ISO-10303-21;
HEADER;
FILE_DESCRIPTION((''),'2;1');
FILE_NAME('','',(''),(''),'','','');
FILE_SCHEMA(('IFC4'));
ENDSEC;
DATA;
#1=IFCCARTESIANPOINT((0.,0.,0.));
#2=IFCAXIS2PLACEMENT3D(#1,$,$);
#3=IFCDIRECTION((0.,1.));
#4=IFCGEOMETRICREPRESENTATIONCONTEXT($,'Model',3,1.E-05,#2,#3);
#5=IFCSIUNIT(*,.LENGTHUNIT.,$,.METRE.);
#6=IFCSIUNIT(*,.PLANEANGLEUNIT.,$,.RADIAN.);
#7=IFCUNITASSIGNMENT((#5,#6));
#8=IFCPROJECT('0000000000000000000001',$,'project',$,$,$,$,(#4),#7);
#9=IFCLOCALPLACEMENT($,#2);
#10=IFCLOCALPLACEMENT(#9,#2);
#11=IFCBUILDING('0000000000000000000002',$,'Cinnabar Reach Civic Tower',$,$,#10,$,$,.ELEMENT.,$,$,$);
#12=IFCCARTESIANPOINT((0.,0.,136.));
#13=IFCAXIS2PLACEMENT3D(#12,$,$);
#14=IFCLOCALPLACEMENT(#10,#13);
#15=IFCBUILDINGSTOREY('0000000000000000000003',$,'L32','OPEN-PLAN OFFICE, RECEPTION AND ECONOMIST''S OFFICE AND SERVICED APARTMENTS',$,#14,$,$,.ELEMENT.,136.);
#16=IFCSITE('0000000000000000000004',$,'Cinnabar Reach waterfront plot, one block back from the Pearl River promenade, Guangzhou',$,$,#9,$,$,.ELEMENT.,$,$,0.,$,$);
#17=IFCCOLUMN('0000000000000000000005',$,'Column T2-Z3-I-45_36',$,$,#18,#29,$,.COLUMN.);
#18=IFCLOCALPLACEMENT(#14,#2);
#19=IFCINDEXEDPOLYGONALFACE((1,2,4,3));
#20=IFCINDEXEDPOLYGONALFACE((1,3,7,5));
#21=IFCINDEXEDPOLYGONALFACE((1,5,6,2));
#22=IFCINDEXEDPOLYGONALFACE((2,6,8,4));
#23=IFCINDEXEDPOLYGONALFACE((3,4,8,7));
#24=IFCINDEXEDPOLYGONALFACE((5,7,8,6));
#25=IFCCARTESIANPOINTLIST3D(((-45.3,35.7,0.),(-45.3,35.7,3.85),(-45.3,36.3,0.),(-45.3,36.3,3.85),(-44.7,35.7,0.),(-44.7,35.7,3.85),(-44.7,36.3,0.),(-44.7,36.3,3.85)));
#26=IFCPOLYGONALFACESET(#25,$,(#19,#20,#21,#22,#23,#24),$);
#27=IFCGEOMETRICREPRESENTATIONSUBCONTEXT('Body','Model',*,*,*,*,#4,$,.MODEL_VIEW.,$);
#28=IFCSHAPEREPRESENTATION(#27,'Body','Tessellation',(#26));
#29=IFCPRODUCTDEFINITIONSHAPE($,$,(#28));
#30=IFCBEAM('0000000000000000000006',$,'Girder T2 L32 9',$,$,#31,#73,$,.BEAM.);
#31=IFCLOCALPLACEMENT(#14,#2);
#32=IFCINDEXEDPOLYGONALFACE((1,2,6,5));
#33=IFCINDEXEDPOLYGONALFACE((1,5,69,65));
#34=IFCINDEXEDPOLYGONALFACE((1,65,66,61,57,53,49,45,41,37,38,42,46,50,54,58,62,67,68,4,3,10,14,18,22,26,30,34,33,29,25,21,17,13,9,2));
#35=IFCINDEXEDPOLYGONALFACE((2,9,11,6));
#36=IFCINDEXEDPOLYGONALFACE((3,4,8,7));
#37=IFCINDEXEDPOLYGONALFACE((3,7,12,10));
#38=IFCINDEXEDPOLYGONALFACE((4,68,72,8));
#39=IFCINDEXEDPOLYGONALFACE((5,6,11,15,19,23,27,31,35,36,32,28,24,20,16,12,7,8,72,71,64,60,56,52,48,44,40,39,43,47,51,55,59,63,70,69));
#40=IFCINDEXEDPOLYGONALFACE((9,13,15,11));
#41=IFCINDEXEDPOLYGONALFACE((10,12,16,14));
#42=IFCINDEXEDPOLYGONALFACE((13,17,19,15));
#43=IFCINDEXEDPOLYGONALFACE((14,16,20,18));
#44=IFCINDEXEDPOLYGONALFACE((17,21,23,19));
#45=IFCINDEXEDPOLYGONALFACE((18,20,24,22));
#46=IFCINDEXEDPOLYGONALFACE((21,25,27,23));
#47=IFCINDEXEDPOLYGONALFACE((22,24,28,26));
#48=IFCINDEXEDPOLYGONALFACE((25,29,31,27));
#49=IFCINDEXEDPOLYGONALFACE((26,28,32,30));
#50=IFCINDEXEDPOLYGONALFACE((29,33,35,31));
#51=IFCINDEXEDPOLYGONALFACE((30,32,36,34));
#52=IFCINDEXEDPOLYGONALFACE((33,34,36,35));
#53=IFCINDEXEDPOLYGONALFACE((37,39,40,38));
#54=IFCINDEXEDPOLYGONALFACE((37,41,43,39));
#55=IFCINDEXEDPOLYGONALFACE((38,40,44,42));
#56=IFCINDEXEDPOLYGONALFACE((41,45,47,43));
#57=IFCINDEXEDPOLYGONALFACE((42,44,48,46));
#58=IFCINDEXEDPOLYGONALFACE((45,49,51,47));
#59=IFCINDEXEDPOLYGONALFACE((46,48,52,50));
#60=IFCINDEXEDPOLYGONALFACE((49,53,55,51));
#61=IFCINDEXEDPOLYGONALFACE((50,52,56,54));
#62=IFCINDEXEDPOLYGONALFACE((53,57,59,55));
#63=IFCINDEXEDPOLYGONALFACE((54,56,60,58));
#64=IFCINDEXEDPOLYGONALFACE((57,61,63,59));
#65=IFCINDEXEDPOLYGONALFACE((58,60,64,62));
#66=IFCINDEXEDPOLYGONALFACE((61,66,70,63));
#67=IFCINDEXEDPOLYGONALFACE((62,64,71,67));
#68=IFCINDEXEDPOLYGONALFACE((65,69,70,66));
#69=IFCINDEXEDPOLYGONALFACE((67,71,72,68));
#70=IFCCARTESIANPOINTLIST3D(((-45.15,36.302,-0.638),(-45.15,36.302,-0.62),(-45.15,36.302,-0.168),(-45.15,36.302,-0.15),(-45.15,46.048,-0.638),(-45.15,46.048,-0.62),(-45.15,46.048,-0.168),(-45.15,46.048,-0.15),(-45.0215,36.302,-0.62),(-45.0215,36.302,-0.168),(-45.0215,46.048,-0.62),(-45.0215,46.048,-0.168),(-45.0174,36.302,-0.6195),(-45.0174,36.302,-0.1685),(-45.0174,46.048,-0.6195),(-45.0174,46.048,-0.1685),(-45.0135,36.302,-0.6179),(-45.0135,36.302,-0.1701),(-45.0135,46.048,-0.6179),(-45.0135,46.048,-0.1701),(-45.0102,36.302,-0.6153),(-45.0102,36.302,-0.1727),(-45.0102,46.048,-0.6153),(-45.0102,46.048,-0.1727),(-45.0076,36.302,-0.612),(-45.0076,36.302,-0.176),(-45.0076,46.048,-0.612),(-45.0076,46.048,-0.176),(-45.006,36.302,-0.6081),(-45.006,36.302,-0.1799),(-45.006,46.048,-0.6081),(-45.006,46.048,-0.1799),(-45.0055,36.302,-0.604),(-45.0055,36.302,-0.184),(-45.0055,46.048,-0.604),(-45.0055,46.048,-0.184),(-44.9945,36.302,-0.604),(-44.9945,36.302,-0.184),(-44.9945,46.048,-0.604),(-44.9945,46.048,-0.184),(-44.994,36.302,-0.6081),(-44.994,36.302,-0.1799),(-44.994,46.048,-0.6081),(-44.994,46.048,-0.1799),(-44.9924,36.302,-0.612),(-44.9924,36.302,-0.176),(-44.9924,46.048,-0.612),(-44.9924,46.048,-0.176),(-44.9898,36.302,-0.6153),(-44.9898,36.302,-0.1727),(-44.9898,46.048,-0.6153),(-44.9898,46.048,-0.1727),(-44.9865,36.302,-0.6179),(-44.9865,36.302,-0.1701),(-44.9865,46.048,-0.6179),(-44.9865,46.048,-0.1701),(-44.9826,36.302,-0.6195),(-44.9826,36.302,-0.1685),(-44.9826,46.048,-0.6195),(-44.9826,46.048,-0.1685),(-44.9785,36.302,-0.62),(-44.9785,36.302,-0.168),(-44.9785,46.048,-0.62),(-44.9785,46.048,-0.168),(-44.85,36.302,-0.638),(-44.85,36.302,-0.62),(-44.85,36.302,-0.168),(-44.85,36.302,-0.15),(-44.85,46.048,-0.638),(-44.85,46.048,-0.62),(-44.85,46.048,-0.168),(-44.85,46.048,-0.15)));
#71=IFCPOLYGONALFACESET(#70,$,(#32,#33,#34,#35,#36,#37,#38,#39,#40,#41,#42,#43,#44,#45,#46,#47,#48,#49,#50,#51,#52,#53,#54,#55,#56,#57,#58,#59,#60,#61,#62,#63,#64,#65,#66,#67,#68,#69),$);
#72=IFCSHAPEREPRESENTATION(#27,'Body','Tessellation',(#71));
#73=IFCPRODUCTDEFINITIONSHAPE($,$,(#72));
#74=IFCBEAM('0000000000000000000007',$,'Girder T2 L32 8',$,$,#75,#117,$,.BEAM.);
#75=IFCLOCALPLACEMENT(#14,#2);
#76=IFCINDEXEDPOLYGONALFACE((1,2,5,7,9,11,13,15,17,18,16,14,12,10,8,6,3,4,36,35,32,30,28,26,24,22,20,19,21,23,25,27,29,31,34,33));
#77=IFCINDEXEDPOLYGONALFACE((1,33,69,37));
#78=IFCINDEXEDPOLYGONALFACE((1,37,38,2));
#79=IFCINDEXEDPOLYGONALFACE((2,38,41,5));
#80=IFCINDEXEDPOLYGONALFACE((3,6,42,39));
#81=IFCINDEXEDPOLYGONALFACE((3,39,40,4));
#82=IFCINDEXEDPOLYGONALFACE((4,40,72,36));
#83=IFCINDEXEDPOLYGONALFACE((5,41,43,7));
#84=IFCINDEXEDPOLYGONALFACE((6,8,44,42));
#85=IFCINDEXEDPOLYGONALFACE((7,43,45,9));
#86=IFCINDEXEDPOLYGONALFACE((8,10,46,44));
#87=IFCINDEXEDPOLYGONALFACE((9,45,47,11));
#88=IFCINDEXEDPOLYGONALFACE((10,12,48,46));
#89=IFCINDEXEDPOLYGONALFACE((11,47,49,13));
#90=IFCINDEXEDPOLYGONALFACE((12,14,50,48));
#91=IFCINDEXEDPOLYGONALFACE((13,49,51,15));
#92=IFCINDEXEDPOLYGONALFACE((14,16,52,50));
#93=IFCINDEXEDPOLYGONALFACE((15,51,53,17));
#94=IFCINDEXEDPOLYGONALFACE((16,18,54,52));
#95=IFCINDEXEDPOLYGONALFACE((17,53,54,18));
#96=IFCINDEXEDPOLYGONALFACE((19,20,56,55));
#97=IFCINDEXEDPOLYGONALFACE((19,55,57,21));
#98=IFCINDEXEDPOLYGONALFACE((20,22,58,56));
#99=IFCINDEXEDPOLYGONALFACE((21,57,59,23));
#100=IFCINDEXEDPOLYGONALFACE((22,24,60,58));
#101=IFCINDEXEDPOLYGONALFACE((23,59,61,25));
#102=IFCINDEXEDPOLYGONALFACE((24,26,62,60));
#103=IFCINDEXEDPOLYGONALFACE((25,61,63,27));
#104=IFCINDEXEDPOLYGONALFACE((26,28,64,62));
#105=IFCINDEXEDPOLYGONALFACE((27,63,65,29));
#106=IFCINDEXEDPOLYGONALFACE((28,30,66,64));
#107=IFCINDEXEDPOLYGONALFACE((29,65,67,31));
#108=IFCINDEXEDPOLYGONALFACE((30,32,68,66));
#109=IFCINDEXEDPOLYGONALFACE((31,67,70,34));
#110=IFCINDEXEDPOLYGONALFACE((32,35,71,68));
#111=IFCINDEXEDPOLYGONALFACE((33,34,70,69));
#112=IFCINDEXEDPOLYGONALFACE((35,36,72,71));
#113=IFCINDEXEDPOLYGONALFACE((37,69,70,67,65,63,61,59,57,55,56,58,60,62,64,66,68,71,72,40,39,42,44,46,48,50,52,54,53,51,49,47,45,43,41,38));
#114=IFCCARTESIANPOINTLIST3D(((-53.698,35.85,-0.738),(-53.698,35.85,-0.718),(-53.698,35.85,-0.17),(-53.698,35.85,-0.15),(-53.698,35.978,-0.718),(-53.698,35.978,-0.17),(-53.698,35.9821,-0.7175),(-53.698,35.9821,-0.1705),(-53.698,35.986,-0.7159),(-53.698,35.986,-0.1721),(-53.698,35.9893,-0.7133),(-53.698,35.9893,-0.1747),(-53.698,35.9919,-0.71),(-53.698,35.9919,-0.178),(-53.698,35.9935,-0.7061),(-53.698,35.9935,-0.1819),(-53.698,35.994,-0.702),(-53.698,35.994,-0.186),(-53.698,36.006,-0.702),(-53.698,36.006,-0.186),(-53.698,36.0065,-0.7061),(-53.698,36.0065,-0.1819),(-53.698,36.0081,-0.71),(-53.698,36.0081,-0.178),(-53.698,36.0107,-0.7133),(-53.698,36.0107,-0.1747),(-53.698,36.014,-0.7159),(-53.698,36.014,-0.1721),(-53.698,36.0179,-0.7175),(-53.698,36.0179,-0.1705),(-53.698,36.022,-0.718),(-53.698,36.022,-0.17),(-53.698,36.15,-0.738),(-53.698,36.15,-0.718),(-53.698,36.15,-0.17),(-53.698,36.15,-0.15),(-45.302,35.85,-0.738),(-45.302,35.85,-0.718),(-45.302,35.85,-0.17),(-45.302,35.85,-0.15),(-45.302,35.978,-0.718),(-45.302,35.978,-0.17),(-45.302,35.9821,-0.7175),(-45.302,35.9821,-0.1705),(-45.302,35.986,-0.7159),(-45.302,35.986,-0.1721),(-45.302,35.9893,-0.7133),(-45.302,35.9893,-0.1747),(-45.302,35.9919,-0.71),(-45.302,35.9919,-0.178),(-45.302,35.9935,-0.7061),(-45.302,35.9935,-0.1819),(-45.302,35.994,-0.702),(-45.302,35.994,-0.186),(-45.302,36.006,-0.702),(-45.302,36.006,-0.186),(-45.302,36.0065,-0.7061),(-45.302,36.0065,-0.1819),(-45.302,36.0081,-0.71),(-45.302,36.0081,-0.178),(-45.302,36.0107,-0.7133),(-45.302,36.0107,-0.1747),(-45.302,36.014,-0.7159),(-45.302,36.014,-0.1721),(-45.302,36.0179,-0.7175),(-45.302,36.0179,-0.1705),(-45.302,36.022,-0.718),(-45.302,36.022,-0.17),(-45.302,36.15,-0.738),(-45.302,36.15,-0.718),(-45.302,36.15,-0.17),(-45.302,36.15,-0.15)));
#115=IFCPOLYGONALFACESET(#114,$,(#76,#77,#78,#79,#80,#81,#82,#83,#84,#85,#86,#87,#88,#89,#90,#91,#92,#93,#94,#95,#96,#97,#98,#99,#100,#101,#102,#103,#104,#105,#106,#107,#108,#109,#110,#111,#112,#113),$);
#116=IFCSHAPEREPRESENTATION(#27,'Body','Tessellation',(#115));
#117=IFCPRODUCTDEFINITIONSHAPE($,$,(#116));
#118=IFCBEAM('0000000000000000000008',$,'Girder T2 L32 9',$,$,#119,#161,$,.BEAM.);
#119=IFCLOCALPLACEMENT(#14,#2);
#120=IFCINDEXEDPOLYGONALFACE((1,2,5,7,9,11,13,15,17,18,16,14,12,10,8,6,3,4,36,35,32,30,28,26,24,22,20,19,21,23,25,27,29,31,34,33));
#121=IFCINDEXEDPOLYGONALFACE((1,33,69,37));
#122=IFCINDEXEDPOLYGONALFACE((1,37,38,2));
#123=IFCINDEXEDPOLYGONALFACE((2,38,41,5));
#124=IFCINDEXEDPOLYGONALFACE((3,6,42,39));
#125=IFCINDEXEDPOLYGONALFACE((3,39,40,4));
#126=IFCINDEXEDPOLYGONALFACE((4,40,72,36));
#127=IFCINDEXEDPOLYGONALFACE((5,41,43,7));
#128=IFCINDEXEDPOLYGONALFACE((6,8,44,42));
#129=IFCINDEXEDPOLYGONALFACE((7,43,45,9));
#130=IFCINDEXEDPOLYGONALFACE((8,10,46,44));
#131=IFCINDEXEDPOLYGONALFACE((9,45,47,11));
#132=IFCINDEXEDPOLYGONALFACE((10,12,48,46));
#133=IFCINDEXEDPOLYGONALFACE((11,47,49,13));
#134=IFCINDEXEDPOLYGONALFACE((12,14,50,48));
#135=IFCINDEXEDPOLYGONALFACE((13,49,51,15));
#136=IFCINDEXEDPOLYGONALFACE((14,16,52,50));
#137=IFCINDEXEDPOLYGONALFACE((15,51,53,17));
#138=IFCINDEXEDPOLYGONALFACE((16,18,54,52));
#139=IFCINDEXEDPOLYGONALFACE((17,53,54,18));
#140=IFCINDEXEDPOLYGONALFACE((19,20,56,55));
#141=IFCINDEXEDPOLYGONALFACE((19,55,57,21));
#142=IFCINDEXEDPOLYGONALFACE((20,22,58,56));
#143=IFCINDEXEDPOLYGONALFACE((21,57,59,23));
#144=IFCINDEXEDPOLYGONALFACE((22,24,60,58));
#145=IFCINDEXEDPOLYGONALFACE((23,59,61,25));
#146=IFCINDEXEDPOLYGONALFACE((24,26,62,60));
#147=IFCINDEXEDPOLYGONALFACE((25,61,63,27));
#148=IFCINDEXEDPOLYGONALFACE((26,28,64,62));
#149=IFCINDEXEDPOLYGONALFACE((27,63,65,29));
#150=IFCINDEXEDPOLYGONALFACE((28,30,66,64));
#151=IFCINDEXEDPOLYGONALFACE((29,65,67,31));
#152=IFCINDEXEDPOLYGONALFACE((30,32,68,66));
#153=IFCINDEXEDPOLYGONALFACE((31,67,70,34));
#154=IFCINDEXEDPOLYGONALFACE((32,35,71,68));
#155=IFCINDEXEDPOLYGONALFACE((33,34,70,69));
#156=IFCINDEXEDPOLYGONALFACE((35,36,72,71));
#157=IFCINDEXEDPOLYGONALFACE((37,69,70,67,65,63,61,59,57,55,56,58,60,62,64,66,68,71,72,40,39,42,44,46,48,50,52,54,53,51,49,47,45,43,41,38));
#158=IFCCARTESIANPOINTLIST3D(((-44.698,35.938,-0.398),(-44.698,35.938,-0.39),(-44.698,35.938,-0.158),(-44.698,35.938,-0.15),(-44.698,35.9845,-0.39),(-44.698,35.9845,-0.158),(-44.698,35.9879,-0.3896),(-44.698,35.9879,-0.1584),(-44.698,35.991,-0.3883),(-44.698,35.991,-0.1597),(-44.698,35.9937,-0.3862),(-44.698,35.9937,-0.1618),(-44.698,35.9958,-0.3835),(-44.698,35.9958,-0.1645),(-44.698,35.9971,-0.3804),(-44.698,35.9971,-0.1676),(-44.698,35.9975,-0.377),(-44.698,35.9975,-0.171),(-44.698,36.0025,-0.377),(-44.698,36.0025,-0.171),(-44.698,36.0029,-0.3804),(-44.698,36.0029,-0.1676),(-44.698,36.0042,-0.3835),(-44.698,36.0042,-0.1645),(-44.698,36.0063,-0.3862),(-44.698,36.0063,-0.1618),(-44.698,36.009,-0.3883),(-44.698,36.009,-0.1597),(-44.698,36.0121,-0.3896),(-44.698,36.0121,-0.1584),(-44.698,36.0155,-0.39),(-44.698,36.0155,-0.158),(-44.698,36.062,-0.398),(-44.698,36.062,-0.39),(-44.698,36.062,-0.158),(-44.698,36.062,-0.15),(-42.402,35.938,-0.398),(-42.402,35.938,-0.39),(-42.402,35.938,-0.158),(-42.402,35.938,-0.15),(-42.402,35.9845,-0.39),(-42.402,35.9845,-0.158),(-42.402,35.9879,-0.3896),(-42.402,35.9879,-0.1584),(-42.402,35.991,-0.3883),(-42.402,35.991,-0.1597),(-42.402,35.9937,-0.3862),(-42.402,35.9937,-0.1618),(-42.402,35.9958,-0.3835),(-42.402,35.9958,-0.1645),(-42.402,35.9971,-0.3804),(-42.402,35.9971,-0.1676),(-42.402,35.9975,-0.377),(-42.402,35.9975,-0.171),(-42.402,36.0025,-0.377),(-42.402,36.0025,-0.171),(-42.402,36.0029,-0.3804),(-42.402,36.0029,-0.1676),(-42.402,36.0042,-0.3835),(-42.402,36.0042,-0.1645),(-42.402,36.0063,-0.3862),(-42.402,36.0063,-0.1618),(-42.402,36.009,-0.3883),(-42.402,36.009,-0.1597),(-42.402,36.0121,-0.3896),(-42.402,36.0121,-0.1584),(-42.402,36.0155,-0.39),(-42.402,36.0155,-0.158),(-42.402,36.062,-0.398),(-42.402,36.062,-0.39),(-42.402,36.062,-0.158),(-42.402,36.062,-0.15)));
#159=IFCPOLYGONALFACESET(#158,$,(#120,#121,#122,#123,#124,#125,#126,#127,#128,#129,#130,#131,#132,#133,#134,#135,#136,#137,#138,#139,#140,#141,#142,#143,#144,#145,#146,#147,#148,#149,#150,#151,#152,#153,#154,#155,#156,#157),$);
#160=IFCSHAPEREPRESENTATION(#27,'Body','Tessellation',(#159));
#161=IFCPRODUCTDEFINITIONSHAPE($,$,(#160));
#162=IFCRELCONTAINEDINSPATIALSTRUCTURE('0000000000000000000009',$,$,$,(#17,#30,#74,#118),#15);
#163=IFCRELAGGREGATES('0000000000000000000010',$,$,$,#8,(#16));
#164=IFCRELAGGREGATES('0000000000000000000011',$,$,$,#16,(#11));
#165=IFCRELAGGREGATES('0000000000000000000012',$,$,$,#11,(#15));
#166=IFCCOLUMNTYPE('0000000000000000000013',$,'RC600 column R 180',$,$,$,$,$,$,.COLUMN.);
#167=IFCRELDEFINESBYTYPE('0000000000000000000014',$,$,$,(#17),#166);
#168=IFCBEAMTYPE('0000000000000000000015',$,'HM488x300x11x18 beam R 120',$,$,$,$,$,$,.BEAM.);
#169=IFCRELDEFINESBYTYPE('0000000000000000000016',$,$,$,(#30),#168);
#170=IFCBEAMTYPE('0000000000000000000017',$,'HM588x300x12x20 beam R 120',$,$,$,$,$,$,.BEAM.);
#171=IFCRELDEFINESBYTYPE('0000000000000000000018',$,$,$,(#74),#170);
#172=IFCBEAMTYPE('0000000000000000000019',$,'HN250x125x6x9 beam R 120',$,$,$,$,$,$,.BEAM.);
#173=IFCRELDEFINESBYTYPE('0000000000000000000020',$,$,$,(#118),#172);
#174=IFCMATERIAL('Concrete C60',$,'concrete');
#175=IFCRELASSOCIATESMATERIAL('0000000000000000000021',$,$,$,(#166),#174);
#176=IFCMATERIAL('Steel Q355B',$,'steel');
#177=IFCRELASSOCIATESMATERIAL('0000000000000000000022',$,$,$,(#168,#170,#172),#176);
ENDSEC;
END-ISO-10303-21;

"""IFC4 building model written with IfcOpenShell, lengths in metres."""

from ifc_helpers import new_model, si_unit, direction, frame, origin, origin_2d, place, context, subcontext, project, spatial, rectangle, i_section, extrude, material, material_profile, profile_set, type_object, element, save


model = new_model("IFC4")

# Units and contexts
model_context = context("Model", 3, precision=1e-05, world=origin(), true_north=direction((0.0, 1.0)))
body_context = subcontext(model_context, "Body", "Model", "MODEL_VIEW")
ifc_project = project(units=[si_unit("LENGTHUNIT", "METRE"), si_unit("PLANEANGLEUNIT", "RADIAN")], contexts=[model_context])

# Site, building, storey
site_placement = place(None, origin())
site = spatial("IfcSite", under=ifc_project, at=site_placement, Name="Cinnabar Reach waterfront plot, one block back from the Pearl River promenade, Guangzhou", CompositionType="ELEMENT", RefElevation=0.0)
building_placement = place(site_placement, origin())
building = spatial("IfcBuilding", under=site, at=building_placement, Name="Cinnabar Reach Civic Tower", CompositionType="ELEMENT")
storey_placement = place(building_placement, frame((0.0, 0.0, 136.0)))
storey = spatial("IfcBuildingStorey", under=building, at=storey_placement, Name="L32", Description="OPEN-PLAN OFFICE, RECEPTION AND ECONOMIST'S OFFICE AND SERVICED APARTMENTS", CompositionType="ELEMENT", Elevation=136.0)

# Column
ifc_material_1 = material(Name="Concrete C60", Category="concrete")
ifc_material_profile_1 = material_profile(ifc_material_1, rectangle(XDim=0.6, YDim=0.6, at=origin_2d()), Name="RC600")
ifc_profile_set_1 = profile_set([ifc_material_profile_1], Name="Concrete C60")
column_type = type_object("IfcColumnType", Name="RC600 column R 180", PredefinedType="COLUMN", material=ifc_profile_set_1)
column_placement = place(storey_placement, frame((-45.0, 36.0, 0.0), z_axis=(0.0, 0.0, 1.0), x_axis=(1.0, 0.0, 0.0)))
element("IfcColumn", 1, at=column_placement, inside=storey, type_object=column_type, Name="Column T2-Z3-I-45_36", PredefinedType="COLUMN", context=body_context, shape_type="SweptSolid", body=[
    extrude(rectangle(XDim=0.6, YDim=0.6, at=origin_2d()), origin(), (0.0, 0.0, 1.0), 3.85),
])

# Beams
ifc_material_2 = material(Name="Steel Q355B", Category="steel")
ifc_material_profile_2 = material_profile(ifc_material_2, i_section(OverallWidth=0.3, OverallDepth=0.488, WebThickness=0.011, FlangeThickness=0.018, FilletRadius=0.016, at=origin_2d()), Name="HM488x300x11x18")
ifc_profile_set_2 = profile_set([ifc_material_profile_2], Name="Steel Q355B")
beam_type_1 = type_object("IfcBeamType", Name="HM488x300x11x18 beam R 120", PredefinedType="BEAM", material=ifc_profile_set_2)
beam_1_placement = place(storey_placement, frame((-45.0, 36.302, -0.394), z_axis=(0.0, 1.0, 0.0), x_axis=(-1.0, 0.0, 0.0)))
element("IfcBeam", 2, at=beam_1_placement, inside=storey, type_object=beam_type_1, Name="Girder T2 L32 9", PredefinedType="BEAM", context=body_context, shape_type="SweptSolid", body=[
    extrude(i_section(OverallWidth=0.3, OverallDepth=0.488, WebThickness=0.011, FlangeThickness=0.018, FilletRadius=0.016, at=origin_2d()), origin(), (0.0, 0.0, 1.0), 9.746),
])
ifc_material_profile_3 = material_profile(ifc_material_2, i_section(OverallWidth=0.3, OverallDepth=0.588, WebThickness=0.012, FlangeThickness=0.02, FilletRadius=0.016, at=origin_2d()), Name="HM588x300x12x20")
ifc_profile_set_3 = profile_set([ifc_material_profile_3], Name="Steel Q355B")
beam_type_2 = type_object("IfcBeamType", Name="HM588x300x12x20 beam R 120", PredefinedType="BEAM", material=ifc_profile_set_3)
beam_2_placement = place(storey_placement, frame((-53.698, 36.0, -0.444), z_axis=(1.0, 0.0, 0.0), x_axis=(0.0, 1.0, 0.0)))
element("IfcBeam", 3, at=beam_2_placement, inside=storey, type_object=beam_type_2, Name="Girder T2 L32 8", PredefinedType="BEAM", context=body_context, shape_type="SweptSolid", body=[
    extrude(i_section(OverallWidth=0.3, OverallDepth=0.588, WebThickness=0.012, FlangeThickness=0.02, FilletRadius=0.016, at=origin_2d()), origin(), (0.0, 0.0, 1.0), 8.396),
])
ifc_material_profile_4 = material_profile(ifc_material_2, i_section(OverallWidth=0.124, OverallDepth=0.248, WebThickness=0.005, FlangeThickness=0.008, FilletRadius=0.013, at=origin_2d()), Name="HN250x125x6x9")
ifc_profile_set_4 = profile_set([ifc_material_profile_4], Name="Steel Q355B")
beam_type_3 = type_object("IfcBeamType", Name="HN250x125x6x9 beam R 120", PredefinedType="BEAM", material=ifc_profile_set_4)
beam_3_placement = place(storey_placement, frame((-44.698, 36.0, -0.274), z_axis=(1.0, 0.0, 0.0), x_axis=(0.0, 1.0, 0.0)))
element("IfcBeam", 4, at=beam_3_placement, inside=storey, type_object=beam_type_3, Name="Girder T2 L32 9", PredefinedType="BEAM", context=body_context, shape_type="SweptSolid", body=[
    extrude(i_section(OverallWidth=0.124, OverallDepth=0.248, WebThickness=0.005, FlangeThickness=0.008, FilletRadius=0.013, at=origin_2d()), origin(), (0.0, 0.0, 1.0), 2.296),
])

save(model, "model.ifc")
